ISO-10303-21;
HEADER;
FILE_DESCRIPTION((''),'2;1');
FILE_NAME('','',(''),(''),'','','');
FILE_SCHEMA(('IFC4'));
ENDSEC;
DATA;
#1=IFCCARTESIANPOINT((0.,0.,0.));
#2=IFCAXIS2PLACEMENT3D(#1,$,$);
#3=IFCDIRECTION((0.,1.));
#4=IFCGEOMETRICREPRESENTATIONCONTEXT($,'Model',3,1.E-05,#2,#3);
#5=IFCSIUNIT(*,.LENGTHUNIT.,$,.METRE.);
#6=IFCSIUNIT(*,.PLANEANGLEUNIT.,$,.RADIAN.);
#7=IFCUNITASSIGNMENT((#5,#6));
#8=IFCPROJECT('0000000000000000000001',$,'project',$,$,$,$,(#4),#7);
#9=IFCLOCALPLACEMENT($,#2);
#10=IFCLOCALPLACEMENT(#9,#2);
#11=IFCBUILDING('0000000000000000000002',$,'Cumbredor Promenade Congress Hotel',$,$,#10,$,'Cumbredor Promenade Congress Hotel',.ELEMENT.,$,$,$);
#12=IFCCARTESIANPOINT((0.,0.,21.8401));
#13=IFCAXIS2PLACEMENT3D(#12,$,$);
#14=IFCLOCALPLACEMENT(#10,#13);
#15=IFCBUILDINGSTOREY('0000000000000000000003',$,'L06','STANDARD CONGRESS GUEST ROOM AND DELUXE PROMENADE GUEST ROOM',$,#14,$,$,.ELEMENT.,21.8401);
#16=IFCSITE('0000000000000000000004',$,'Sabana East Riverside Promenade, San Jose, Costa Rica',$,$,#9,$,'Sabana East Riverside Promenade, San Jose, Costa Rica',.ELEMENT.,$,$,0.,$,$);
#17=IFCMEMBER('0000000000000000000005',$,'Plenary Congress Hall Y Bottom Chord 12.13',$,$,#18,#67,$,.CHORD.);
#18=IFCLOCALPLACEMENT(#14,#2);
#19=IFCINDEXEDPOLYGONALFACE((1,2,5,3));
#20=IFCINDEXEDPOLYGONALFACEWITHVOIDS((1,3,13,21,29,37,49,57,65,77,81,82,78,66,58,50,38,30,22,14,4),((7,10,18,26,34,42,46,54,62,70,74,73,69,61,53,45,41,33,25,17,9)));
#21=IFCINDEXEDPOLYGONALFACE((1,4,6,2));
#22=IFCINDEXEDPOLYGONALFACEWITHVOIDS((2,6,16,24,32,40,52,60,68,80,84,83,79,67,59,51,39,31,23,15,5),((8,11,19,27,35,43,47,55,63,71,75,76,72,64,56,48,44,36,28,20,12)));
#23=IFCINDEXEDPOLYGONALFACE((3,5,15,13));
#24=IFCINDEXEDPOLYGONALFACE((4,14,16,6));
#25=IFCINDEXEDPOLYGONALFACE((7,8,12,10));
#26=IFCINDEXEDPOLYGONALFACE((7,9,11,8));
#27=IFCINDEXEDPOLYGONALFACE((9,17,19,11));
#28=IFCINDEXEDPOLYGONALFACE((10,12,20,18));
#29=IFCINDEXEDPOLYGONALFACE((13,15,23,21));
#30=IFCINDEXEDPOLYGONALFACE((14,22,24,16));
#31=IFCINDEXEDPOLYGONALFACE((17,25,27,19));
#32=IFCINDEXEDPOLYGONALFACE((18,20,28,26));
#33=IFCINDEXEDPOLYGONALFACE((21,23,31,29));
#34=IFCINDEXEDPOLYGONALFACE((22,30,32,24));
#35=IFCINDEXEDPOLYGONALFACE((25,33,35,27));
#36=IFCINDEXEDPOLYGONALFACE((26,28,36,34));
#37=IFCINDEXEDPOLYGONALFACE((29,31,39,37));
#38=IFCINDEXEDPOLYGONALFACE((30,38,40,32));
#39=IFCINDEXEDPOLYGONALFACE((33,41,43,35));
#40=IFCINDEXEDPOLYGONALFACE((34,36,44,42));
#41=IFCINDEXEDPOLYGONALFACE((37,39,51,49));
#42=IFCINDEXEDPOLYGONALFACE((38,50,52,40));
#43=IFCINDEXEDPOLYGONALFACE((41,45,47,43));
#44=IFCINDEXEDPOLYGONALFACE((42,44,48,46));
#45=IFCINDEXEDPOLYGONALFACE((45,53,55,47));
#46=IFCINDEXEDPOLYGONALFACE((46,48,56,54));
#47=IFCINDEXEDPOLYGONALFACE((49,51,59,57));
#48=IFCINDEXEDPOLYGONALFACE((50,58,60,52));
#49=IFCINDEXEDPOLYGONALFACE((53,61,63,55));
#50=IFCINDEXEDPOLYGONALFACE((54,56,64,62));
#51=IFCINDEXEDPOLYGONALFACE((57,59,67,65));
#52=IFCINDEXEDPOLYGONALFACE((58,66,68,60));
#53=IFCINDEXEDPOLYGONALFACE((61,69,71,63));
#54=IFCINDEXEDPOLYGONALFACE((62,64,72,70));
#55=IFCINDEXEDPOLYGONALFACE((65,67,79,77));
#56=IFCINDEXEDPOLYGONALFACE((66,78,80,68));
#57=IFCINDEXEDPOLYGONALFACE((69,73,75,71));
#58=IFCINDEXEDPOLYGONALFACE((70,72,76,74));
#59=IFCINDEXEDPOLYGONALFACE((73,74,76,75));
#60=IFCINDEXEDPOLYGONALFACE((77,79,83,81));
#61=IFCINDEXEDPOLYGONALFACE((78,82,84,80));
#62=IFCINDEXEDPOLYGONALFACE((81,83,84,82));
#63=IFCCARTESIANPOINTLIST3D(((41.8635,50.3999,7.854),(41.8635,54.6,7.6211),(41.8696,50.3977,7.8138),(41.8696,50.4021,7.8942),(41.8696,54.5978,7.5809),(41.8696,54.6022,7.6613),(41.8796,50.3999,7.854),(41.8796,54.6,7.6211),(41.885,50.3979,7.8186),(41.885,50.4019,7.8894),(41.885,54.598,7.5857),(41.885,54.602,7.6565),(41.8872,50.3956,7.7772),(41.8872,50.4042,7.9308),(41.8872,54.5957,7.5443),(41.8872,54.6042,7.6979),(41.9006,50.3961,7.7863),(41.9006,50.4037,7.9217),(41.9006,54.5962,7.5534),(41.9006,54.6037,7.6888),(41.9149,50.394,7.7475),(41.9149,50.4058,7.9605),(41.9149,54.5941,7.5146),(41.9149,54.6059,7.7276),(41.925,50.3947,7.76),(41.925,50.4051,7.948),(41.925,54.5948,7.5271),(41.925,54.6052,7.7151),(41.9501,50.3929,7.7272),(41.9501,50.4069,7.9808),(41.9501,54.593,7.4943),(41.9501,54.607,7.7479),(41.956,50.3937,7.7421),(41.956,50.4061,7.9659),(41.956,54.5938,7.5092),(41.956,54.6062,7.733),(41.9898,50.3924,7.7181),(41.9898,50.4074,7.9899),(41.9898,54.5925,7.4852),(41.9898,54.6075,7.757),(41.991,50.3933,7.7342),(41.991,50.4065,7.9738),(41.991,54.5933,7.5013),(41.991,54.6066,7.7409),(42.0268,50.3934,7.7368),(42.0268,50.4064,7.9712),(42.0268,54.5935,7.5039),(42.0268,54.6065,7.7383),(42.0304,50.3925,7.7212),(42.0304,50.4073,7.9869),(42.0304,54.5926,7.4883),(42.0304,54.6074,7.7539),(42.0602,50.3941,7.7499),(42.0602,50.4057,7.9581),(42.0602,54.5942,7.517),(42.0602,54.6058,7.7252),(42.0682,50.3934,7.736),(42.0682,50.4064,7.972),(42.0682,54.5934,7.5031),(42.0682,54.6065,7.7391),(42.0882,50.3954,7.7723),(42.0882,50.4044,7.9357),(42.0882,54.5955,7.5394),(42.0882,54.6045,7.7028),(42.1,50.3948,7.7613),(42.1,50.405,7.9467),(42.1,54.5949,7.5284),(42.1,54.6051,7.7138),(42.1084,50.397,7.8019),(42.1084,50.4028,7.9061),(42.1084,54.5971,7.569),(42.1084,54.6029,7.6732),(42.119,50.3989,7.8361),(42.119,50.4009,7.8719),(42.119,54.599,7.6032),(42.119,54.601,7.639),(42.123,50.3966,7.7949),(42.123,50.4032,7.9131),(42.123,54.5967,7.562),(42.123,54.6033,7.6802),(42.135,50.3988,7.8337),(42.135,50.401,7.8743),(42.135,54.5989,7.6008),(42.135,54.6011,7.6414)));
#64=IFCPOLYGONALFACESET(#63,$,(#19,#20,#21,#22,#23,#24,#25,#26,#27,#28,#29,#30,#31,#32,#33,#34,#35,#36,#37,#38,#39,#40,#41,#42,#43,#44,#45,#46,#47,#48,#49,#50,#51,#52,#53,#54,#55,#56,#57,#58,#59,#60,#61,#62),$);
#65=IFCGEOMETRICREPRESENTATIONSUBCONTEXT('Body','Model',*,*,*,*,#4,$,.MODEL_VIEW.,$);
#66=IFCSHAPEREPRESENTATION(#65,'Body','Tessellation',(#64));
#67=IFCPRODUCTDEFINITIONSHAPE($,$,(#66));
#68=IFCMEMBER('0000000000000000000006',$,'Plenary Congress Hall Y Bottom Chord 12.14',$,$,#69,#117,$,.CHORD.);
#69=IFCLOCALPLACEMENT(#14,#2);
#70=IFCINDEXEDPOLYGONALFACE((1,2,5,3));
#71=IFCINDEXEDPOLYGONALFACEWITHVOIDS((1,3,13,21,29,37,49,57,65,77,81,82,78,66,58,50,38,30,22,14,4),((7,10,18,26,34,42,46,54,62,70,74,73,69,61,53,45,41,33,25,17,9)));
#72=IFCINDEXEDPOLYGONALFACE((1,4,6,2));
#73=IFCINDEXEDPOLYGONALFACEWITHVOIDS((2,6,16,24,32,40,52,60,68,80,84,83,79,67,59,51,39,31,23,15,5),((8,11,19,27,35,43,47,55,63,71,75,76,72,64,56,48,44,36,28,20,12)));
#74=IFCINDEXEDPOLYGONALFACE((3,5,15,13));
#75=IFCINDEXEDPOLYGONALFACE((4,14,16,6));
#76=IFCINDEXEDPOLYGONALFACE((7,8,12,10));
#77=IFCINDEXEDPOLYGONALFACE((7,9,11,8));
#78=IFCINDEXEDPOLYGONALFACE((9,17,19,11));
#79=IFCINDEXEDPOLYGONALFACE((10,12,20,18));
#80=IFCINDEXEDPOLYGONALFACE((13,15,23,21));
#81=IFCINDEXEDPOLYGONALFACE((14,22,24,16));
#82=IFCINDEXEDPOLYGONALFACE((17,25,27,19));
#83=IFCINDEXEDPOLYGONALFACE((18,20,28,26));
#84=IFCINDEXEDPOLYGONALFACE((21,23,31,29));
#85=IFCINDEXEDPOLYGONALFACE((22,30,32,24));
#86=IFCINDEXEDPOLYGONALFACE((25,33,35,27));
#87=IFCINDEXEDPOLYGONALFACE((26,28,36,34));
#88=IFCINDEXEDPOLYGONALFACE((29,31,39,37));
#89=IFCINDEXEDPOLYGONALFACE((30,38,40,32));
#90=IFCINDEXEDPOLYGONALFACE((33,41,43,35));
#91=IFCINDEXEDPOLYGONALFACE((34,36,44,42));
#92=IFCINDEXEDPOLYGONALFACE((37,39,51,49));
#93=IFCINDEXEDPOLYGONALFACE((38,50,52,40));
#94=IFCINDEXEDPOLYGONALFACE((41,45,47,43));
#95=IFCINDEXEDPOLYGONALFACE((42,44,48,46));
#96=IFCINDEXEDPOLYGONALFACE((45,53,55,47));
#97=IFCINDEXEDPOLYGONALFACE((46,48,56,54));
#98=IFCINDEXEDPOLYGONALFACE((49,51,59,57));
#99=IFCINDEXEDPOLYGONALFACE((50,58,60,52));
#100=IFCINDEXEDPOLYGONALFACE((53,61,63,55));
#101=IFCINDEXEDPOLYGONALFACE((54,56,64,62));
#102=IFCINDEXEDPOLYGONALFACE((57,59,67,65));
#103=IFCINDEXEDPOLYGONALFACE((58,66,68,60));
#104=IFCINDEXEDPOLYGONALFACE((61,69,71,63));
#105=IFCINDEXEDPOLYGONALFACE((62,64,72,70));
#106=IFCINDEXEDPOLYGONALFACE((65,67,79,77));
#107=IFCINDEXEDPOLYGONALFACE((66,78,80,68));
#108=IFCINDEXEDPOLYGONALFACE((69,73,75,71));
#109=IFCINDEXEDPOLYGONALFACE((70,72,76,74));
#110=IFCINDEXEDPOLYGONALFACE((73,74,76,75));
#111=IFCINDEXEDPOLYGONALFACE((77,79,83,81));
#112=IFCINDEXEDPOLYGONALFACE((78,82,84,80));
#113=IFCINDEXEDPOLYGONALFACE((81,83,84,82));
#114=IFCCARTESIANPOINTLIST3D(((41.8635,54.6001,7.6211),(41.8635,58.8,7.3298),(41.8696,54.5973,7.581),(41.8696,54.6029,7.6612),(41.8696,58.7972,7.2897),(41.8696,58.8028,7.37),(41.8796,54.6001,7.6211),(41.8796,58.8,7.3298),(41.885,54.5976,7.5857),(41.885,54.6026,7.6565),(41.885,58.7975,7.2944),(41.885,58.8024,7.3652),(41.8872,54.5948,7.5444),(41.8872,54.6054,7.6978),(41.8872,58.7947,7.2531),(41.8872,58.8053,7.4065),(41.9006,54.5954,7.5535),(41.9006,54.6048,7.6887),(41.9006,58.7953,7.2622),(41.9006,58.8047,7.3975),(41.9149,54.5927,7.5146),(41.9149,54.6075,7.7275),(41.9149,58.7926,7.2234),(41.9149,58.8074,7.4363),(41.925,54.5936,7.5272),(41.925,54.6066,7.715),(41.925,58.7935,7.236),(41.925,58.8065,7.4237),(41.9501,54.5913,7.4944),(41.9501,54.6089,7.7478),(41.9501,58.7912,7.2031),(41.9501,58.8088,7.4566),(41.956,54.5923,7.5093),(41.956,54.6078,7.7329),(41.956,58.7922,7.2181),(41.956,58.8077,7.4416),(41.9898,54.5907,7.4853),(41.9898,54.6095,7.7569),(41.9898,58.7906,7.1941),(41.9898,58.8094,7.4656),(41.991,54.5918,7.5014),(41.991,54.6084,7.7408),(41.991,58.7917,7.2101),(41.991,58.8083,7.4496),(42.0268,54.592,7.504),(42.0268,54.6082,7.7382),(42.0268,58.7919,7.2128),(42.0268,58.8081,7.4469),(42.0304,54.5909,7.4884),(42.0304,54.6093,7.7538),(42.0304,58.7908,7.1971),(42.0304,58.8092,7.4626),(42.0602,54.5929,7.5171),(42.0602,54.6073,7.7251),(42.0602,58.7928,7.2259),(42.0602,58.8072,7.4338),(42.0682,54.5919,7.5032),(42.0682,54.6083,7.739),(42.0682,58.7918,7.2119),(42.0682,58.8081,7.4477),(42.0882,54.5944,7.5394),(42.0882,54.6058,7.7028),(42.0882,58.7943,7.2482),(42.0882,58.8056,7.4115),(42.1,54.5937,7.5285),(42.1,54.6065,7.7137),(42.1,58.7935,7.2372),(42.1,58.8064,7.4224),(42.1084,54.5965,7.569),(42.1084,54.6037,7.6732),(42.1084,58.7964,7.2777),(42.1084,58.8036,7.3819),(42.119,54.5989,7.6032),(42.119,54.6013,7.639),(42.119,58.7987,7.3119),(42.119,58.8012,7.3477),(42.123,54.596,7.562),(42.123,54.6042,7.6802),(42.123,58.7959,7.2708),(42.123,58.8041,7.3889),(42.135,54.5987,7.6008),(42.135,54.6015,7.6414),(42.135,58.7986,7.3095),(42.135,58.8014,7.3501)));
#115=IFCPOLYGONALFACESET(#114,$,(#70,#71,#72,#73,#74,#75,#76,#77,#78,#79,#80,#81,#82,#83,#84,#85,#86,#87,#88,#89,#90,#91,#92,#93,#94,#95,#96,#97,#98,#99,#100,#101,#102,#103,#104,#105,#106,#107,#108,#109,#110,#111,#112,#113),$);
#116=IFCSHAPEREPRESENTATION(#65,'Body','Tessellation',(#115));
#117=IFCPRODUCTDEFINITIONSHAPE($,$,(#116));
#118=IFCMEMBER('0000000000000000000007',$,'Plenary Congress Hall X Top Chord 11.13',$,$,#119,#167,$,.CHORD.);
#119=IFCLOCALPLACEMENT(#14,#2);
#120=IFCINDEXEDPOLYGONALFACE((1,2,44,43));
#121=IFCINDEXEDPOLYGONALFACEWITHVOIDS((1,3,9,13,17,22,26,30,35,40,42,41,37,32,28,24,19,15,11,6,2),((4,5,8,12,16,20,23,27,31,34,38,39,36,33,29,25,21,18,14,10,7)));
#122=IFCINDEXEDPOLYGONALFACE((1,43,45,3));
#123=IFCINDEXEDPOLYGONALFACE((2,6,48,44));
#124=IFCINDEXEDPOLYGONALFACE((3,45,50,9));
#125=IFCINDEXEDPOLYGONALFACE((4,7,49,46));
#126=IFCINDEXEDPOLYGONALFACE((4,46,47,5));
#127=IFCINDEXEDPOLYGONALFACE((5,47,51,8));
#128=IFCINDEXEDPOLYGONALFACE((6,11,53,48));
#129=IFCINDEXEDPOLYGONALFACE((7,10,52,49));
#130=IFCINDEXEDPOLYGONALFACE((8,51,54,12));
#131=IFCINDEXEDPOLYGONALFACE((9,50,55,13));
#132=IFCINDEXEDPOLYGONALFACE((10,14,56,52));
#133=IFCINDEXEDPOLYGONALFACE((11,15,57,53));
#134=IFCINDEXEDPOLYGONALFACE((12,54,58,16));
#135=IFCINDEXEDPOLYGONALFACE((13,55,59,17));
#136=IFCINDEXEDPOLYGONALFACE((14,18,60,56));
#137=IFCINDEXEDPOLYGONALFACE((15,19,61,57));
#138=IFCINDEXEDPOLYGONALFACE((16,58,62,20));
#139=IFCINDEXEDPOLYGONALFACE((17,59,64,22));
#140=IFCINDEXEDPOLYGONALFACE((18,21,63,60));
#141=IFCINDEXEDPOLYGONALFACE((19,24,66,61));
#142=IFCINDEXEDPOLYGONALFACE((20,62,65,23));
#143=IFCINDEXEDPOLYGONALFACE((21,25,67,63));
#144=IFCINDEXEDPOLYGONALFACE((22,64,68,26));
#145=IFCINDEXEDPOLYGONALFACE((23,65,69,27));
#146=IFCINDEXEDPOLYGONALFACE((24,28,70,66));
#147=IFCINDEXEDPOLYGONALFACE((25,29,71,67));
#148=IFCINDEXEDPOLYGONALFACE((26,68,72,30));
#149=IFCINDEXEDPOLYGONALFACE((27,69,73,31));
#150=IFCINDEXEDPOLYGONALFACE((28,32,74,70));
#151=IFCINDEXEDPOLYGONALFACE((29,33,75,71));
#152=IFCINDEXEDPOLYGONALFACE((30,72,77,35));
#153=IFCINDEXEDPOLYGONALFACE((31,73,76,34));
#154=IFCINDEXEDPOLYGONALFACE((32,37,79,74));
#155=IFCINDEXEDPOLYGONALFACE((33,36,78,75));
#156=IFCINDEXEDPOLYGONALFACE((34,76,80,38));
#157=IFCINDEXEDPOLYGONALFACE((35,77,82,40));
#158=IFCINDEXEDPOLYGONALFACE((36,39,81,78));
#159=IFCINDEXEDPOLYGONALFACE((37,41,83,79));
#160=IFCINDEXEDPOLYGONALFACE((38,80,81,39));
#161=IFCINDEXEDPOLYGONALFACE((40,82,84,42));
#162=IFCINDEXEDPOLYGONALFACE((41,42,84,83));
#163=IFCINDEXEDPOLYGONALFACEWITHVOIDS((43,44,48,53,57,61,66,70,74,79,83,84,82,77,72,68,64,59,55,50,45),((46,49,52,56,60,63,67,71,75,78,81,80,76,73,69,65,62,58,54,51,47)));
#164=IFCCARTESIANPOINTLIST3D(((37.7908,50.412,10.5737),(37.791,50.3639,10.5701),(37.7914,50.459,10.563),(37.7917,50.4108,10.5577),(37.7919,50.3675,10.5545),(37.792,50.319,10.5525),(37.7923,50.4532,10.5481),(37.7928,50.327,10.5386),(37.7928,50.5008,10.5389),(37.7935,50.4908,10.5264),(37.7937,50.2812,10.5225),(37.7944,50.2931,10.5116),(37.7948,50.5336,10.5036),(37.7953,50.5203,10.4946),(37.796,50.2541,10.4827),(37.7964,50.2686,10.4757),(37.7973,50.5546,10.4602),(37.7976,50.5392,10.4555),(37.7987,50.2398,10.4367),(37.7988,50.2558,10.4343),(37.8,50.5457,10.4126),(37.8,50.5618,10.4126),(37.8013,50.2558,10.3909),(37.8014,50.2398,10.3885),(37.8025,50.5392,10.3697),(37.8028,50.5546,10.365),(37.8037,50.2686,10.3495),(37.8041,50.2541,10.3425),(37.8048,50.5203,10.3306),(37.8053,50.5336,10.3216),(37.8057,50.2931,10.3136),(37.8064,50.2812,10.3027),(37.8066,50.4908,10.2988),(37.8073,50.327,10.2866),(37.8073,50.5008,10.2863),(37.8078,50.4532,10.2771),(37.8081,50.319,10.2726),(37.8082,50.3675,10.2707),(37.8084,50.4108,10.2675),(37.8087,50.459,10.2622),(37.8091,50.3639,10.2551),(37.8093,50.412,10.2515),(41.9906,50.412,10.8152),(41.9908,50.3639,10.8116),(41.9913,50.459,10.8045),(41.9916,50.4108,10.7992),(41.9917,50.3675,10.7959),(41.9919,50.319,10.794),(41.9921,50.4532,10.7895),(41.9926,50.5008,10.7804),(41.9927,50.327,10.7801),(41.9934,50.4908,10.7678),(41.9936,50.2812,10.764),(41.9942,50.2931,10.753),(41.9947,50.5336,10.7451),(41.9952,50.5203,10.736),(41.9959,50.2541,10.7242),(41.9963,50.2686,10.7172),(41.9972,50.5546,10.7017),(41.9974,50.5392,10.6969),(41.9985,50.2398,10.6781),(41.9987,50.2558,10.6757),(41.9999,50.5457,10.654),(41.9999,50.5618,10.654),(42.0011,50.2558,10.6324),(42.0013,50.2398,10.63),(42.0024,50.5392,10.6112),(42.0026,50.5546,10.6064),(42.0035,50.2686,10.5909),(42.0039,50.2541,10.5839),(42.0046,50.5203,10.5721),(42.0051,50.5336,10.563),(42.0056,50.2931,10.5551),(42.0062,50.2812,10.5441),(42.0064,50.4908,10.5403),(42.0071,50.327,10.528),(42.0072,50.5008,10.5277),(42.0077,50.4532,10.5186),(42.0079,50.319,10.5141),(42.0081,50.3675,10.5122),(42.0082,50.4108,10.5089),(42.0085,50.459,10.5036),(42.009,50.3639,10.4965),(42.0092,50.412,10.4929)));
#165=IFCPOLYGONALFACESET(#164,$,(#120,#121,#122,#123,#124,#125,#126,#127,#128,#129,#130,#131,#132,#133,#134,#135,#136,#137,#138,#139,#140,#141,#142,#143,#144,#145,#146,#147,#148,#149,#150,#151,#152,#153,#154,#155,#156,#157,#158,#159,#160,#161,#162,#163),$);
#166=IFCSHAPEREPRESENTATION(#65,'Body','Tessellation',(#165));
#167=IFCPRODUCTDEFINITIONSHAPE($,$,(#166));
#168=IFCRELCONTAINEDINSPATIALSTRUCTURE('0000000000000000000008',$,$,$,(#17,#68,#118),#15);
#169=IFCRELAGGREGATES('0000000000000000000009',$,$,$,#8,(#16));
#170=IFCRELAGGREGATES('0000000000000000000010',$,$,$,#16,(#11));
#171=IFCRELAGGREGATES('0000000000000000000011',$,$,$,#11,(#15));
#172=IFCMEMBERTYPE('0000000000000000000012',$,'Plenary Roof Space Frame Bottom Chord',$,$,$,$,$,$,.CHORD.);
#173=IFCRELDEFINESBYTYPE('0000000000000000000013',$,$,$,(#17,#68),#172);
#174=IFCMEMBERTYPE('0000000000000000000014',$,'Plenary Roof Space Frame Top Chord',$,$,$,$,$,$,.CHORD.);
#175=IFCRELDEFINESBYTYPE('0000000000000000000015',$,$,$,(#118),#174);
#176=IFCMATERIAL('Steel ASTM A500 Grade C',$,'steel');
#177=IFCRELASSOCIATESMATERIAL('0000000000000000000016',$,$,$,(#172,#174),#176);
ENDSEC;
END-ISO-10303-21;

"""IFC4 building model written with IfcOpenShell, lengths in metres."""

from ifc_helpers import new_model, si_unit, direction, frame, origin, origin_2d, place, context, subcontext, project, spatial, hollow_circle, extrude, material, material_profile, profile_set, type_object, element, save


model = new_model("IFC4")

# Units and contexts
model_context = context("Model", 3, precision=1e-05, world=origin(), true_north=direction((0.0, 1.0)))
body_context = subcontext(model_context, "Body", "Model", "MODEL_VIEW")
ifc_project = project(units=[si_unit("LENGTHUNIT", "METRE"), si_unit("PLANEANGLEUNIT", "RADIAN")], contexts=[model_context])

# Site, building, storey
site_placement = place(None, origin())
site = spatial("IfcSite", under=ifc_project, at=site_placement, Name="Sabana East Riverside Promenade, San Jose, Costa Rica", LongName="Sabana East Riverside Promenade, San Jose, Costa Rica", CompositionType="ELEMENT", RefElevation=0.0)
building_placement = place(site_placement, origin())
building = spatial("IfcBuilding", under=site, at=building_placement, Name="Cumbredor Promenade Congress Hotel", LongName="Cumbredor Promenade Congress Hotel", CompositionType="ELEMENT")
storey_placement = place(building_placement, frame((0.0, 0.0, 21.8401)))
storey = spatial("IfcBuildingStorey", under=building, at=storey_placement, Name="L06", Description="STANDARD CONGRESS GUEST ROOM AND DELUXE PROMENADE GUEST ROOM", CompositionType="ELEMENT", Elevation=21.8401)

# Members
ifc_material_1 = material(Name="Steel ASTM A500 Grade C", Category="steel")
ifc_material_profile_1 = material_profile(ifc_material_1, hollow_circle(Radius=0.1365, WallThickness=0.0161, at=origin_2d()), Name="CHS 273.0x16")
ifc_profile_set_1 = profile_set([ifc_material_profile_1], Name="Steel ASTM A500 Grade C")
member_type_1 = type_object("IfcMemberType", Name="Plenary Roof Space Frame Bottom Chord", PredefinedType="CHORD", material=ifc_profile_set_1)
member_1_placement = place(storey_placement, frame((42.0, 50.3999, 7.854), z_axis=(0.0, 0.998466, -0.055367), x_axis=(-1.0, 0.0, 0.0)))
element("IfcMember", 1, at=member_1_placement, inside=storey, type_object=member_type_1, Name="Plenary Congress Hall Y Bottom Chord 12.13", PredefinedType="CHORD", context=body_context, shape_type="SweptSolid", body=[
    extrude(hollow_circle(Radius=0.1365, WallThickness=0.0161, at=origin_2d()), origin(), (0.0, 0.0, 1.0), 4.2065),
])
member_2_placement = place(storey_placement, frame((42.0, 54.6001, 7.6211), z_axis=(0.0, 0.997604, -0.069182), x_axis=(-1.0, 0.0, 0.0)))
element("IfcMember", 2, at=member_2_placement, inside=storey, type_object=member_type_1, Name="Plenary Congress Hall Y Bottom Chord 12.14", PredefinedType="CHORD", context=body_context, shape_type="SweptSolid", body=[
    extrude(hollow_circle(Radius=0.1365, WallThickness=0.0161, at=origin_2d()), origin(), (0.0, 0.0, 1.0), 4.21),
])
ifc_material_profile_2 = material_profile(ifc_material_1, hollow_circle(Radius=0.1619, WallThickness=0.0161, at=origin_2d()), Name="CHS 323.9x16")
ifc_profile_set_2 = profile_set([ifc_material_profile_2], Name="Steel ASTM A500 Grade C")
member_type_2 = type_object("IfcMemberType", Name="Plenary Roof Space Frame Top Chord", PredefinedType="CHORD", material=ifc_profile_set_2)
member_3_placement = place(storey_placement, frame((37.8, 50.3999, 10.4126), z_axis=(0.998352, 0.0, 0.057395), x_axis=(0.0, 1.0, 0.0)))
element("IfcMember", 3, at=member_3_placement, inside=storey, type_object=member_type_2, Name="Plenary Congress Hall X Top Chord 11.13", PredefinedType="CHORD", context=body_context, shape_type="SweptSolid", body=[
    extrude(hollow_circle(Radius=0.1619, WallThickness=0.0161, at=origin_2d()), origin(), (0.0, 0.0, 1.0), 4.2068),
])

save(model, "model.ifc")
